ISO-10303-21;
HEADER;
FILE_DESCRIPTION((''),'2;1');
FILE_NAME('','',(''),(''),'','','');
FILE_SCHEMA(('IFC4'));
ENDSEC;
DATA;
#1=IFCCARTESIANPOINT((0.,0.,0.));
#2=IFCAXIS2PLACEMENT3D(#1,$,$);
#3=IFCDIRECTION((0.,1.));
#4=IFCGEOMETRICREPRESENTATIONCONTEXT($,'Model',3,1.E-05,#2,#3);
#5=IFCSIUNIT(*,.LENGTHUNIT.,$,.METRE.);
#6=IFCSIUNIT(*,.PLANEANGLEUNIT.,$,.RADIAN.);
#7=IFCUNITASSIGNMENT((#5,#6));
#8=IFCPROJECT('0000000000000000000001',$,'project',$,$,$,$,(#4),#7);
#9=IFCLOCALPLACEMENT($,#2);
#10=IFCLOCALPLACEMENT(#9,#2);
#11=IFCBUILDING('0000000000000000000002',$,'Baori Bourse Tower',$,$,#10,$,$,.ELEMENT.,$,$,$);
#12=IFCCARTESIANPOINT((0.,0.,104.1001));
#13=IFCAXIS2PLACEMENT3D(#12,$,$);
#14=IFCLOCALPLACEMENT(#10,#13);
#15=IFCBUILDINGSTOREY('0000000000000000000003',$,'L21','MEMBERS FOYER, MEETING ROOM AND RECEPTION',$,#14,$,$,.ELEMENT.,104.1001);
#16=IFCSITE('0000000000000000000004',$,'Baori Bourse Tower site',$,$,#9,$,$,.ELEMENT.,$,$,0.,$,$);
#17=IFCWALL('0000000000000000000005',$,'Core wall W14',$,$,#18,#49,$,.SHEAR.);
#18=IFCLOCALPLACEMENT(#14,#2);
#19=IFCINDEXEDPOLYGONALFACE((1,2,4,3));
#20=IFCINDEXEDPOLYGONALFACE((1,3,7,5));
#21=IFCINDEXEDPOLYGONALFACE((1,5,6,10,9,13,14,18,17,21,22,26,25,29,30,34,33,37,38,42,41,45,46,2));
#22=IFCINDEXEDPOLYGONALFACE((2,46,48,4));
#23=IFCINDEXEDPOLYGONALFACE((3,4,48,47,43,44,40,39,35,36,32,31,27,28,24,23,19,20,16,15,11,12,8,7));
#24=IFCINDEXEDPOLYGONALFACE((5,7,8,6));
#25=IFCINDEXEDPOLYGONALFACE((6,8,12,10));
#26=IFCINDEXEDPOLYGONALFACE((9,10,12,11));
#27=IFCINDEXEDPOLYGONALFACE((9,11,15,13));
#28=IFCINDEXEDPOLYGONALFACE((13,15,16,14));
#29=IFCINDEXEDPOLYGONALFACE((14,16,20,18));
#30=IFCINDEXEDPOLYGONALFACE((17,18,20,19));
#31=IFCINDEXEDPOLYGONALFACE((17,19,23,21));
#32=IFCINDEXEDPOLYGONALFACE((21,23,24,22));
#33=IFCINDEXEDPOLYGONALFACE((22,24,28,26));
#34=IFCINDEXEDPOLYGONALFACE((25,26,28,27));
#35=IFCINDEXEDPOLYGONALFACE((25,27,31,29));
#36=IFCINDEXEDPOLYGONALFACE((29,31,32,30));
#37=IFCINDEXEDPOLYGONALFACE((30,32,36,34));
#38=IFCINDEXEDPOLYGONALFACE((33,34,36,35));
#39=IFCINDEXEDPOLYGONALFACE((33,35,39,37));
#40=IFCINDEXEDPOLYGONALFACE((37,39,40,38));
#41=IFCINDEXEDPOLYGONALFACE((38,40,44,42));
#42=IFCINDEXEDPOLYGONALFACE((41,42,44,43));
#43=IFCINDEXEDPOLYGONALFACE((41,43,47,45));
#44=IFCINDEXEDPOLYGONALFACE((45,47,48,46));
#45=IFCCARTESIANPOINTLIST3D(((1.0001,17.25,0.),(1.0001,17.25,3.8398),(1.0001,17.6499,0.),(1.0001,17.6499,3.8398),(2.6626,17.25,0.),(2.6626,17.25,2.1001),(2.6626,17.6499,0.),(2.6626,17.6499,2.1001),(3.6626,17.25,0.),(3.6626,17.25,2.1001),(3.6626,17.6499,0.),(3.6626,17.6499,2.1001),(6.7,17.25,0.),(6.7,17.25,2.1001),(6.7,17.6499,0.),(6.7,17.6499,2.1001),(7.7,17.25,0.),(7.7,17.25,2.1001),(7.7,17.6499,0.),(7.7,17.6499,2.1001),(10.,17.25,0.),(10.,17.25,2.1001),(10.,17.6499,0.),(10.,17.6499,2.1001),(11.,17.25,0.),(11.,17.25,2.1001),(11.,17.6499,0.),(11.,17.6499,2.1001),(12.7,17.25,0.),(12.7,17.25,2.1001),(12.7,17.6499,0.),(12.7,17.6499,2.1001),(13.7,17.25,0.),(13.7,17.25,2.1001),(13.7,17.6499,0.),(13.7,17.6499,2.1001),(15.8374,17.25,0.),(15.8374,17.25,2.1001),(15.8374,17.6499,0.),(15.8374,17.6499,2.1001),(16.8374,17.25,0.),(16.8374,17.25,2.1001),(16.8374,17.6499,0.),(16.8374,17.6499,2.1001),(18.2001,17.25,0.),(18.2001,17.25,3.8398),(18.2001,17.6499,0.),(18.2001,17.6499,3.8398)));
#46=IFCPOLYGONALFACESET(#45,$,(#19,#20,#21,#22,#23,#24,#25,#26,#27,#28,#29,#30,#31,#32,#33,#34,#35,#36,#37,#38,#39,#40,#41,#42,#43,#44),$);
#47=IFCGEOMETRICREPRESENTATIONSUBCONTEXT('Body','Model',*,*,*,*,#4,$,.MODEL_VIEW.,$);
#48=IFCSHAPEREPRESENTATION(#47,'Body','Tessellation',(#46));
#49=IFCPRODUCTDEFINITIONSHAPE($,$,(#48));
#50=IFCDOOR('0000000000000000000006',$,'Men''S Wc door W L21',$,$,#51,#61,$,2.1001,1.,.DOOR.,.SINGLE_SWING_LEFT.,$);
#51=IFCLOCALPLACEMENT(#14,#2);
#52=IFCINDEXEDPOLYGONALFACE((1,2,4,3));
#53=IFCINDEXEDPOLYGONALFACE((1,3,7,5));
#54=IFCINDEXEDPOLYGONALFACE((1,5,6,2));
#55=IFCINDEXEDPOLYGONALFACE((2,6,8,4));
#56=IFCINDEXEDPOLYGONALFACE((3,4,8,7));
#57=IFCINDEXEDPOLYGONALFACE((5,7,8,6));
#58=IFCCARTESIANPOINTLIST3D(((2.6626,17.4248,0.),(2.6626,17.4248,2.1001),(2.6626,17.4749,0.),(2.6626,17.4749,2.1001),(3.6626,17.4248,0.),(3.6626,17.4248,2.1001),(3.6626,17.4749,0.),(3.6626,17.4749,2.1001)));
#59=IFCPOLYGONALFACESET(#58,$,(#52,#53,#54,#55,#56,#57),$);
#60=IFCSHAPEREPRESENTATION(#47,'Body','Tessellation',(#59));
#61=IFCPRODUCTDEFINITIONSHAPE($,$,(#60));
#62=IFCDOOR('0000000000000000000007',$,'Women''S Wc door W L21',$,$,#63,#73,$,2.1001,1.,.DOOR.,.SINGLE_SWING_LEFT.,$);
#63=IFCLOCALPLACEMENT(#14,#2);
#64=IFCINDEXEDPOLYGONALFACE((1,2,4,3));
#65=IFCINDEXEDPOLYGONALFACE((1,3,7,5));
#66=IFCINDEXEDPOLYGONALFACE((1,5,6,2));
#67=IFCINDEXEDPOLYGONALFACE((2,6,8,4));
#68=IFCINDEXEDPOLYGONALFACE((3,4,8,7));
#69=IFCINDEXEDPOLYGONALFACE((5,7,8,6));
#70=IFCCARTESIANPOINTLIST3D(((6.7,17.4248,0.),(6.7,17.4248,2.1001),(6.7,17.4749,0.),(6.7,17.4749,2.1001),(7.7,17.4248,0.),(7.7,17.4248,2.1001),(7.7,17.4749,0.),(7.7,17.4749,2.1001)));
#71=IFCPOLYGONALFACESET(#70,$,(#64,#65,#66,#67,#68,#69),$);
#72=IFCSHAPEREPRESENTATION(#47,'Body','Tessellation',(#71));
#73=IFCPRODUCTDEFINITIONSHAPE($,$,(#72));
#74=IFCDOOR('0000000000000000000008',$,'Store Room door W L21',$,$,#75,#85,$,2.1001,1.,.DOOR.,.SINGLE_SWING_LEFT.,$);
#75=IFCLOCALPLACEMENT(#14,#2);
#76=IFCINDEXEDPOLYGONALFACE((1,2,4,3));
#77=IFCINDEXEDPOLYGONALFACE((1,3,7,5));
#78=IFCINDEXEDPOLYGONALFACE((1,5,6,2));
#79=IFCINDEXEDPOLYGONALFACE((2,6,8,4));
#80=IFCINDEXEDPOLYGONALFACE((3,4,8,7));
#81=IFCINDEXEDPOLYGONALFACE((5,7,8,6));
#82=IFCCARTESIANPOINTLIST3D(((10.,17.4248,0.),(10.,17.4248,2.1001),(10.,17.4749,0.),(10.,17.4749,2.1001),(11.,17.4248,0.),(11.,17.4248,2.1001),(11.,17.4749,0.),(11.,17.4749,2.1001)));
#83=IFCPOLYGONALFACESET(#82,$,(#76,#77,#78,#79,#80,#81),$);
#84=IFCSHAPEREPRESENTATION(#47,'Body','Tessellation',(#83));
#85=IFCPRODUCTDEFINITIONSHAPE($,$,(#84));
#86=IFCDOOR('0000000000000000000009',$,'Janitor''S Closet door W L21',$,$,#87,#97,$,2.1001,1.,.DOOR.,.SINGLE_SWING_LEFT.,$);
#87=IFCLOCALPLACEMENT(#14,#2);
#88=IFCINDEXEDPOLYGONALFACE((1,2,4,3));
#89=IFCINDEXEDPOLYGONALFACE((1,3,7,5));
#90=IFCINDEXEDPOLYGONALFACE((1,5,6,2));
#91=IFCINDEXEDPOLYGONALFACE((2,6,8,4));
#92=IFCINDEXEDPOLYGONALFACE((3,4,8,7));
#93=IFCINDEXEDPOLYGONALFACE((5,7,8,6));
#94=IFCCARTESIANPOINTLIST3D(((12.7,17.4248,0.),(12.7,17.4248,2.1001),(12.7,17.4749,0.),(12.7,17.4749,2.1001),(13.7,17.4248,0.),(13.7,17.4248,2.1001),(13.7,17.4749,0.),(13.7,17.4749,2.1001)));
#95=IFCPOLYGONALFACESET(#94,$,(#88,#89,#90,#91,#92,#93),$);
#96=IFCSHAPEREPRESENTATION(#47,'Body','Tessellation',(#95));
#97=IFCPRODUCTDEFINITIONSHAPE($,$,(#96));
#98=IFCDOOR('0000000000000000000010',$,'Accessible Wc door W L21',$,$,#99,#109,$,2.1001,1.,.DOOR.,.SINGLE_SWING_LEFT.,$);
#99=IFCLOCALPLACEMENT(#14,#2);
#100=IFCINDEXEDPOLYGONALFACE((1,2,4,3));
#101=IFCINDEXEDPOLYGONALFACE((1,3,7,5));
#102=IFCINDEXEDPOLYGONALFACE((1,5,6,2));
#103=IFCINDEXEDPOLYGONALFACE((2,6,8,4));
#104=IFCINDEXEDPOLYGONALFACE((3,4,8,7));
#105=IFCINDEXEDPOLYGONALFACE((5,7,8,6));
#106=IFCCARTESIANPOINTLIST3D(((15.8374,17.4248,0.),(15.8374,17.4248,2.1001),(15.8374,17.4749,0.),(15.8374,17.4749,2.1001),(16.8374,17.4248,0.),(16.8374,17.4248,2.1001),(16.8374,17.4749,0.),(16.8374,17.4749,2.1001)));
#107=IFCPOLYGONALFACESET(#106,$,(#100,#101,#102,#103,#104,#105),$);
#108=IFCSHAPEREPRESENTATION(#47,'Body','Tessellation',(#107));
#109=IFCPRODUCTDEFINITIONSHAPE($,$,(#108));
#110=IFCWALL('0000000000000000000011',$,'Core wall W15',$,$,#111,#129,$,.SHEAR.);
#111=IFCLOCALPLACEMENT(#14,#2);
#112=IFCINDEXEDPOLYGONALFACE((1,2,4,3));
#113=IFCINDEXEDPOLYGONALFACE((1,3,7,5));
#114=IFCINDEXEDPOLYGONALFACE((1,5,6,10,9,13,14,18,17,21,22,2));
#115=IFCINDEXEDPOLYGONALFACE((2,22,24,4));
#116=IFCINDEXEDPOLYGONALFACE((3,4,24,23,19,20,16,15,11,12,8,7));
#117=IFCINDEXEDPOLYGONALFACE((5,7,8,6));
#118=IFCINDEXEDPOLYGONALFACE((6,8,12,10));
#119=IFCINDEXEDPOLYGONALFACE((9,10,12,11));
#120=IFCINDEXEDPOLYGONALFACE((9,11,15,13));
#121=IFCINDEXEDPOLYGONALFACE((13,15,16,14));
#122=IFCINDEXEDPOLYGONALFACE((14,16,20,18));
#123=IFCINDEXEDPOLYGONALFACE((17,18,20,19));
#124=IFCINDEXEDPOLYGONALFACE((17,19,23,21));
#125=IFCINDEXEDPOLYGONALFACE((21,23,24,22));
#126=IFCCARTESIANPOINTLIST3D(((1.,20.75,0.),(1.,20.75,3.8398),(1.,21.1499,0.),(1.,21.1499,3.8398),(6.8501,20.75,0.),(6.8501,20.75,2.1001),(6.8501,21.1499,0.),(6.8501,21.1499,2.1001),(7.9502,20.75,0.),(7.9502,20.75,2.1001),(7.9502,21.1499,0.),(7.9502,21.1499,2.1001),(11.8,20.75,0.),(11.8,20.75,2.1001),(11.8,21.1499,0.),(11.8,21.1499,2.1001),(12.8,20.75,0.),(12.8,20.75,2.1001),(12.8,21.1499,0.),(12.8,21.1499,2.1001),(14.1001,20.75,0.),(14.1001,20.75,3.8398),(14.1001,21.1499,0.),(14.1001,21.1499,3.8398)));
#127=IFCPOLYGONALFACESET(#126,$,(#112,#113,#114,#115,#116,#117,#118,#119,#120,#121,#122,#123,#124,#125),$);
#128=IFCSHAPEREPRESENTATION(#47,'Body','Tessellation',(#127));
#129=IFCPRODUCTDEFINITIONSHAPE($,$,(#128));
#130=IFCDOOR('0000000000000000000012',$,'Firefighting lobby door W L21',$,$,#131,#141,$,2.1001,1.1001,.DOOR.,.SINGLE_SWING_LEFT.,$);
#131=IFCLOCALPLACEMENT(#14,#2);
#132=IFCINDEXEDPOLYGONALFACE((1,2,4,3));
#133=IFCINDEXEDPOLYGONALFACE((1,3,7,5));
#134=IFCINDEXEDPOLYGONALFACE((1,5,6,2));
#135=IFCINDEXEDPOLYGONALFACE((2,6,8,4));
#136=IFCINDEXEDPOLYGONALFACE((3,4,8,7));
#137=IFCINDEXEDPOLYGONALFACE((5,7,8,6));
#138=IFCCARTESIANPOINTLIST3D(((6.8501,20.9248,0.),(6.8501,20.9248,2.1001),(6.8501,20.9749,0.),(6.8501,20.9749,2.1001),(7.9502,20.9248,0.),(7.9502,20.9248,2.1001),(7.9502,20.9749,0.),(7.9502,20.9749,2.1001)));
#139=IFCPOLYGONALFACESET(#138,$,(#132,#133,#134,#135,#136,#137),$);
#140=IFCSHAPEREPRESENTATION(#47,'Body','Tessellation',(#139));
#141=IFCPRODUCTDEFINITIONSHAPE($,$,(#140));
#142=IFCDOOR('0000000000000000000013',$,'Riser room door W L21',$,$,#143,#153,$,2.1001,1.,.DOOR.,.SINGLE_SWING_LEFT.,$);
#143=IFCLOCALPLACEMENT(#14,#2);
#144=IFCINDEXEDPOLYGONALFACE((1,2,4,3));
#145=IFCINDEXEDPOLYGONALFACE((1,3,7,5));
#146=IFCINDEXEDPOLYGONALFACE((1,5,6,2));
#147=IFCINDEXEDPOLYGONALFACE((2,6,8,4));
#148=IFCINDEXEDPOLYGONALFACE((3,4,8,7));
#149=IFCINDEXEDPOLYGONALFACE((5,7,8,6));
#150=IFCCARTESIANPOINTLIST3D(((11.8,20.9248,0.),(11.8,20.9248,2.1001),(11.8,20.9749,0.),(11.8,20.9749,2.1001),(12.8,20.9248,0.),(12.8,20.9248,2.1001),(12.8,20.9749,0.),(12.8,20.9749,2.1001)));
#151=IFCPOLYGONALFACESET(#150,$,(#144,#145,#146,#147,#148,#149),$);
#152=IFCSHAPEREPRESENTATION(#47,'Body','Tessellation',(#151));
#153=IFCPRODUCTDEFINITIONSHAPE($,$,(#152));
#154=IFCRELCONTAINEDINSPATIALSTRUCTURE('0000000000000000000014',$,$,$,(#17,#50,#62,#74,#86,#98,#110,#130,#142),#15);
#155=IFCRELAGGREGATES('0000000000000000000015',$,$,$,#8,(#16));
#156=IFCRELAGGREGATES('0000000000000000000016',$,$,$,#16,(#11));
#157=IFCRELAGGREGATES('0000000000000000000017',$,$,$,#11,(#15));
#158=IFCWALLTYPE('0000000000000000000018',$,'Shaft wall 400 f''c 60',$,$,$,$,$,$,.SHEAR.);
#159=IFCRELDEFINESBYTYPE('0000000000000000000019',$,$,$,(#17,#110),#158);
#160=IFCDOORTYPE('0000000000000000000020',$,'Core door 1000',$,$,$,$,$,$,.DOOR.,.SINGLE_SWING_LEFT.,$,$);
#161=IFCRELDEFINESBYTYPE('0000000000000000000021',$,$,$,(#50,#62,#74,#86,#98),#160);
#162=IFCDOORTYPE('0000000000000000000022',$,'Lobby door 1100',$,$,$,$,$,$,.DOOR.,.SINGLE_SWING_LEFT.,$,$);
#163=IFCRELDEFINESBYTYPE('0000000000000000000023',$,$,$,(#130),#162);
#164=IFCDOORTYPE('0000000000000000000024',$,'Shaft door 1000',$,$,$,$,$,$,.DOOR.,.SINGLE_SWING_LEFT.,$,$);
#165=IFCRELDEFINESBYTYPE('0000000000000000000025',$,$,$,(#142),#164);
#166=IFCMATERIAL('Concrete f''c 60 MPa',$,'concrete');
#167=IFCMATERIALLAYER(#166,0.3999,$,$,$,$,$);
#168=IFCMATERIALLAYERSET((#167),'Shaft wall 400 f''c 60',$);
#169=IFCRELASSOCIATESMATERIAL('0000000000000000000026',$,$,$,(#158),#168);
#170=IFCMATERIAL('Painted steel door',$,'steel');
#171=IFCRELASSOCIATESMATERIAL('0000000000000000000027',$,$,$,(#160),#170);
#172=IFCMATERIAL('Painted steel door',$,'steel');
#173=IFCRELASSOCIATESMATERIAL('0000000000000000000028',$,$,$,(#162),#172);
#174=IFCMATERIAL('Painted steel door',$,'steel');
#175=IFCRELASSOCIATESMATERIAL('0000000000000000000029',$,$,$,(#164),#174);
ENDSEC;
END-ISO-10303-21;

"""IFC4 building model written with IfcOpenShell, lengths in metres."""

from ifc_helpers import new_model, si_unit, direction, frame, frame_2d, origin, place, context, subcontext, project, spatial, rectangle, extrude, material, layer, layer_set, type_object, element, fill, save


model = new_model("IFC4")

# Units and contexts
model_context = context("Model", 3, precision=1e-05, world=origin(), true_north=direction((0.0, 1.0)))
body_context = subcontext(model_context, "Body", "Model", "MODEL_VIEW")
ifc_project = project(units=[si_unit("LENGTHUNIT", "METRE"), si_unit("PLANEANGLEUNIT", "RADIAN")], contexts=[model_context])

# Site, building, storey
site_placement = place(None, origin())
site = spatial("IfcSite", under=ifc_project, at=site_placement, Name="Baori Bourse Tower site", CompositionType="ELEMENT", RefElevation=0.0)
building_placement = place(site_placement, origin())
building = spatial("IfcBuilding", under=site, at=building_placement, Name="Baori Bourse Tower", CompositionType="ELEMENT")
storey_placement = place(building_placement, frame((0.0, 0.0, 104.1001)))
storey = spatial("IfcBuildingStorey", under=building, at=storey_placement, Name="L21", Description="MEMBERS FOYER, MEETING ROOM AND RECEPTION", CompositionType="ELEMENT", Elevation=104.1001)

# Shared definitions
ifc_material_1 = material(Name="Concrete f'c 60 MPa", Category="concrete")
ifc_layer_1 = layer(ifc_material_1, 0.3999)
ifc_layer_set_1 = layer_set([ifc_layer_1], Name="Shaft wall 400 f'c 60")
wall_type_1 = type_object("IfcWallType", Name="Shaft wall 400 f'c 60", PredefinedType="SHEAR", material=ifc_layer_set_1)

# Walls, openings, doors
wall_1_placement = place(storey_placement, frame((1.0, 17.45, 0.0), z_axis=(0.0, 0.0, 1.0), x_axis=(1.0, 0.0, 0.0)))
wall_1 = element("IfcWall", 1, at=wall_1_placement, inside=storey, type_object=wall_type_1, Name="Core wall W14", PredefinedType="SHEAR", context=body_context, shape_type="SweptSolid", body=[
    extrude(rectangle(XDim=17.2, YDim=0.3999, at=frame_2d((8.6001, 0.0))), origin(), (0.0, 0.0, 1.0), 3.8398),
])
opening_1_placement = place(wall_1_placement, frame((1.6626, 0.0, 0.0)))
opening_1 = element("IfcOpeningElement", 2, at=opening_1_placement, cuts=wall_1, PredefinedType="OPENING", context=body_context, shape_type="SweptSolid", body=[
    extrude(rectangle(XDim=1.0, YDim=2.1001, at=frame_2d((0.5, 1.05))), frame((0.0, 0.21, 0.0), z_axis=(0.0, -1.0, 0.0), x_axis=(1.0, 0.0, 0.0)), (0.0, 0.0, 1.0), 0.4199),
])
opening_2_placement = place(wall_1_placement, frame((5.7, 0.0, 0.0)))
opening_2 = element("IfcOpeningElement", 3, at=opening_2_placement, cuts=wall_1, PredefinedType="OPENING", context=body_context, shape_type="SweptSolid", body=[
    extrude(rectangle(XDim=1.0, YDim=2.1001, at=frame_2d((0.5, 1.05))), frame((0.0, 0.21, 0.0), z_axis=(0.0, -1.0, 0.0), x_axis=(1.0, 0.0, 0.0)), (0.0, 0.0, 1.0), 0.4199),
])
opening_3_placement = place(wall_1_placement, frame((9.0, 0.0, 0.0)))
opening_3 = element("IfcOpeningElement", 4, at=opening_3_placement, cuts=wall_1, PredefinedType="OPENING", context=body_context, shape_type="SweptSolid", body=[
    extrude(rectangle(XDim=1.0, YDim=2.1001, at=frame_2d((0.5, 1.05))), frame((0.0, 0.21, 0.0), z_axis=(0.0, -1.0, 0.0), x_axis=(1.0, 0.0, 0.0)), (0.0, 0.0, 1.0), 0.4199),
])
opening_4_placement = place(wall_1_placement, frame((11.7, 0.0, 0.0)))
opening_4 = element("IfcOpeningElement", 5, at=opening_4_placement, cuts=wall_1, PredefinedType="OPENING", context=body_context, shape_type="SweptSolid", body=[
    extrude(rectangle(XDim=1.0, YDim=2.1001, at=frame_2d((0.5, 1.05))), frame((0.0, 0.21, 0.0), z_axis=(0.0, -1.0, 0.0), x_axis=(1.0, 0.0, 0.0)), (0.0, 0.0, 1.0), 0.4199),
])
opening_5_placement = place(wall_1_placement, frame((14.8374, 0.0, 0.0)))
opening_5 = element("IfcOpeningElement", 6, at=opening_5_placement, cuts=wall_1, PredefinedType="OPENING", context=body_context, shape_type="SweptSolid", body=[
    extrude(rectangle(XDim=1.0, YDim=2.1001, at=frame_2d((0.5, 1.05))), frame((0.0, 0.21, 0.0), z_axis=(0.0, -1.0, 0.0), x_axis=(1.0, 0.0, 0.0)), (0.0, 0.0, 1.0), 0.4199),
])
ifc_material_2 = material(Name="Painted steel door", Category="steel")
door_type_1 = type_object("IfcDoorType", Name="Core door 1000", OperationType="SINGLE_SWING_LEFT", PredefinedType="DOOR", material=ifc_material_2)
door_1_placement = place(opening_1_placement, origin())
door_1 = element("IfcDoor", 7, at=door_1_placement, inside=storey, type_object=door_type_1, Name="Men'S Wc door W L21", OperationType="SINGLE_SWING_LEFT", OverallHeight=2.1001, OverallWidth=1.0, PredefinedType="DOOR", context=body_context, shape_type="SweptSolid", body=[
    extrude(rectangle(XDim=1.0, YDim=2.1001, at=frame_2d((0.5, 1.05))), frame((0.0, 0.0249, 0.0), z_axis=(0.0, -1.0, 0.0), x_axis=(1.0, 0.0, 0.0)), (0.0, 0.0, 1.0), 0.05),
])
fill(opening_1, door_1)
door_2_placement = place(opening_2_placement, origin())
door_2 = element("IfcDoor", 8, at=door_2_placement, inside=storey, type_object=door_type_1, Name="Women'S Wc door W L21", OperationType="SINGLE_SWING_LEFT", OverallHeight=2.1001, OverallWidth=1.0, PredefinedType="DOOR", context=body_context, shape_type="SweptSolid", body=[
    extrude(rectangle(XDim=1.0, YDim=2.1001, at=frame_2d((0.5, 1.05))), frame((0.0, 0.0249, 0.0), z_axis=(0.0, -1.0, 0.0), x_axis=(1.0, 0.0, 0.0)), (0.0, 0.0, 1.0), 0.05),
])
fill(opening_2, door_2)
door_3_placement = place(opening_3_placement, origin())
door_3 = element("IfcDoor", 9, at=door_3_placement, inside=storey, type_object=door_type_1, Name="Store Room door W L21", OperationType="SINGLE_SWING_LEFT", OverallHeight=2.1001, OverallWidth=1.0, PredefinedType="DOOR", context=body_context, shape_type="SweptSolid", body=[
    extrude(rectangle(XDim=1.0, YDim=2.1001, at=frame_2d((0.5, 1.05))), frame((0.0, 0.0249, 0.0), z_axis=(0.0, -1.0, 0.0), x_axis=(1.0, 0.0, 0.0)), (0.0, 0.0, 1.0), 0.05),
])
fill(opening_3, door_3)
door_4_placement = place(opening_4_placement, origin())
door_4 = element("IfcDoor", 10, at=door_4_placement, inside=storey, type_object=door_type_1, Name="Janitor'S Closet door W L21", OperationType="SINGLE_SWING_LEFT", OverallHeight=2.1001, OverallWidth=1.0, PredefinedType="DOOR", context=body_context, shape_type="SweptSolid", body=[
    extrude(rectangle(XDim=1.0, YDim=2.1001, at=frame_2d((0.5, 1.05))), frame((0.0, 0.0249, 0.0), z_axis=(0.0, -1.0, 0.0), x_axis=(1.0, 0.0, 0.0)), (0.0, 0.0, 1.0), 0.05),
])
fill(opening_4, door_4)
door_5_placement = place(opening_5_placement, origin())
door_5 = element("IfcDoor", 11, at=door_5_placement, inside=storey, type_object=door_type_1, Name="Accessible Wc door W L21", OperationType="SINGLE_SWING_LEFT", OverallHeight=2.1001, OverallWidth=1.0, PredefinedType="DOOR", context=body_context, shape_type="SweptSolid", body=[
    extrude(rectangle(XDim=1.0, YDim=2.1001, at=frame_2d((0.5, 1.05))), frame((0.0, 0.0249, 0.0), z_axis=(0.0, -1.0, 0.0), x_axis=(1.0, 0.0, 0.0)), (0.0, 0.0, 1.0), 0.05),
])
fill(opening_5, door_5)
wall_2_placement = place(storey_placement, frame((1.0, 20.95, 0.0), z_axis=(0.0, 0.0, 1.0), x_axis=(1.0, 0.0, 0.0)))
wall_2 = element("IfcWall", 12, at=wall_2_placement, inside=storey, type_object=wall_type_1, Name="Core wall W15", PredefinedType="SHEAR", context=body_context, shape_type="SweptSolid", body=[
    extrude(rectangle(XDim=13.1001, YDim=0.3999, at=frame_2d((6.55, 0.0))), origin(), (0.0, 0.0, 1.0), 3.8398),
])
opening_6_placement = place(wall_2_placement, frame((5.8501, 0.0, 0.0)))
opening_6 = element("IfcOpeningElement", 13, at=opening_6_placement, cuts=wall_2, PredefinedType="OPENING", context=body_context, shape_type="SweptSolid", body=[
    extrude(rectangle(XDim=1.1001, YDim=2.1001, at=frame_2d((0.55, 1.05))), frame((0.0, 0.21, 0.0), z_axis=(0.0, -1.0, 0.0), x_axis=(1.0, 0.0, 0.0)), (0.0, 0.0, 1.0), 0.4199),
])
opening_7_placement = place(wall_2_placement, frame((10.8, 0.0, 0.0)))
opening_7 = element("IfcOpeningElement", 14, at=opening_7_placement, cuts=wall_2, PredefinedType="OPENING", context=body_context, shape_type="SweptSolid", body=[
    extrude(rectangle(XDim=1.0, YDim=2.1001, at=frame_2d((0.5, 1.05))), frame((0.0, 0.21, 0.0), z_axis=(0.0, -1.0, 0.0), x_axis=(1.0, 0.0, 0.0)), (0.0, 0.0, 1.0), 0.4199),
])
ifc_material_3 = material(Name="Painted steel door", Category="steel")
door_type_2 = type_object("IfcDoorType", Name="Lobby door 1100", OperationType="SINGLE_SWING_LEFT", PredefinedType="DOOR", material=ifc_material_3)
door_6_placement = place(opening_6_placement, origin())
door_6 = element("IfcDoor", 15, at=door_6_placement, inside=storey, type_object=door_type_2, Name="Firefighting lobby door W L21", OperationType="SINGLE_SWING_LEFT", OverallHeight=2.1001, OverallWidth=1.1001, PredefinedType="DOOR", context=body_context, shape_type="SweptSolid", body=[
    extrude(rectangle(XDim=1.1001, YDim=2.1001, at=frame_2d((0.55, 1.05))), frame((0.0, 0.0249, 0.0), z_axis=(0.0, -1.0, 0.0), x_axis=(1.0, 0.0, 0.0)), (0.0, 0.0, 1.0), 0.05),
])
fill(opening_6, door_6)
ifc_material_4 = material(Name="Painted steel door", Category="steel")
door_type_3 = type_object("IfcDoorType", Name="Shaft door 1000", OperationType="SINGLE_SWING_LEFT", PredefinedType="DOOR", material=ifc_material_4)
door_7_placement = place(opening_7_placement, origin())
door_7 = element("IfcDoor", 16, at=door_7_placement, inside=storey, type_object=door_type_3, Name="Riser room door W L21", OperationType="SINGLE_SWING_LEFT", OverallHeight=2.1001, OverallWidth=1.0, PredefinedType="DOOR", context=body_context, shape_type="SweptSolid", body=[
    extrude(rectangle(XDim=1.0, YDim=2.1001, at=frame_2d((0.5, 1.05))), frame((0.0, 0.0249, 0.0), z_axis=(0.0, -1.0, 0.0), x_axis=(1.0, 0.0, 0.0)), (0.0, 0.0, 1.0), 0.05),
])
fill(opening_7, door_7)

save(model, "model.ifc")
